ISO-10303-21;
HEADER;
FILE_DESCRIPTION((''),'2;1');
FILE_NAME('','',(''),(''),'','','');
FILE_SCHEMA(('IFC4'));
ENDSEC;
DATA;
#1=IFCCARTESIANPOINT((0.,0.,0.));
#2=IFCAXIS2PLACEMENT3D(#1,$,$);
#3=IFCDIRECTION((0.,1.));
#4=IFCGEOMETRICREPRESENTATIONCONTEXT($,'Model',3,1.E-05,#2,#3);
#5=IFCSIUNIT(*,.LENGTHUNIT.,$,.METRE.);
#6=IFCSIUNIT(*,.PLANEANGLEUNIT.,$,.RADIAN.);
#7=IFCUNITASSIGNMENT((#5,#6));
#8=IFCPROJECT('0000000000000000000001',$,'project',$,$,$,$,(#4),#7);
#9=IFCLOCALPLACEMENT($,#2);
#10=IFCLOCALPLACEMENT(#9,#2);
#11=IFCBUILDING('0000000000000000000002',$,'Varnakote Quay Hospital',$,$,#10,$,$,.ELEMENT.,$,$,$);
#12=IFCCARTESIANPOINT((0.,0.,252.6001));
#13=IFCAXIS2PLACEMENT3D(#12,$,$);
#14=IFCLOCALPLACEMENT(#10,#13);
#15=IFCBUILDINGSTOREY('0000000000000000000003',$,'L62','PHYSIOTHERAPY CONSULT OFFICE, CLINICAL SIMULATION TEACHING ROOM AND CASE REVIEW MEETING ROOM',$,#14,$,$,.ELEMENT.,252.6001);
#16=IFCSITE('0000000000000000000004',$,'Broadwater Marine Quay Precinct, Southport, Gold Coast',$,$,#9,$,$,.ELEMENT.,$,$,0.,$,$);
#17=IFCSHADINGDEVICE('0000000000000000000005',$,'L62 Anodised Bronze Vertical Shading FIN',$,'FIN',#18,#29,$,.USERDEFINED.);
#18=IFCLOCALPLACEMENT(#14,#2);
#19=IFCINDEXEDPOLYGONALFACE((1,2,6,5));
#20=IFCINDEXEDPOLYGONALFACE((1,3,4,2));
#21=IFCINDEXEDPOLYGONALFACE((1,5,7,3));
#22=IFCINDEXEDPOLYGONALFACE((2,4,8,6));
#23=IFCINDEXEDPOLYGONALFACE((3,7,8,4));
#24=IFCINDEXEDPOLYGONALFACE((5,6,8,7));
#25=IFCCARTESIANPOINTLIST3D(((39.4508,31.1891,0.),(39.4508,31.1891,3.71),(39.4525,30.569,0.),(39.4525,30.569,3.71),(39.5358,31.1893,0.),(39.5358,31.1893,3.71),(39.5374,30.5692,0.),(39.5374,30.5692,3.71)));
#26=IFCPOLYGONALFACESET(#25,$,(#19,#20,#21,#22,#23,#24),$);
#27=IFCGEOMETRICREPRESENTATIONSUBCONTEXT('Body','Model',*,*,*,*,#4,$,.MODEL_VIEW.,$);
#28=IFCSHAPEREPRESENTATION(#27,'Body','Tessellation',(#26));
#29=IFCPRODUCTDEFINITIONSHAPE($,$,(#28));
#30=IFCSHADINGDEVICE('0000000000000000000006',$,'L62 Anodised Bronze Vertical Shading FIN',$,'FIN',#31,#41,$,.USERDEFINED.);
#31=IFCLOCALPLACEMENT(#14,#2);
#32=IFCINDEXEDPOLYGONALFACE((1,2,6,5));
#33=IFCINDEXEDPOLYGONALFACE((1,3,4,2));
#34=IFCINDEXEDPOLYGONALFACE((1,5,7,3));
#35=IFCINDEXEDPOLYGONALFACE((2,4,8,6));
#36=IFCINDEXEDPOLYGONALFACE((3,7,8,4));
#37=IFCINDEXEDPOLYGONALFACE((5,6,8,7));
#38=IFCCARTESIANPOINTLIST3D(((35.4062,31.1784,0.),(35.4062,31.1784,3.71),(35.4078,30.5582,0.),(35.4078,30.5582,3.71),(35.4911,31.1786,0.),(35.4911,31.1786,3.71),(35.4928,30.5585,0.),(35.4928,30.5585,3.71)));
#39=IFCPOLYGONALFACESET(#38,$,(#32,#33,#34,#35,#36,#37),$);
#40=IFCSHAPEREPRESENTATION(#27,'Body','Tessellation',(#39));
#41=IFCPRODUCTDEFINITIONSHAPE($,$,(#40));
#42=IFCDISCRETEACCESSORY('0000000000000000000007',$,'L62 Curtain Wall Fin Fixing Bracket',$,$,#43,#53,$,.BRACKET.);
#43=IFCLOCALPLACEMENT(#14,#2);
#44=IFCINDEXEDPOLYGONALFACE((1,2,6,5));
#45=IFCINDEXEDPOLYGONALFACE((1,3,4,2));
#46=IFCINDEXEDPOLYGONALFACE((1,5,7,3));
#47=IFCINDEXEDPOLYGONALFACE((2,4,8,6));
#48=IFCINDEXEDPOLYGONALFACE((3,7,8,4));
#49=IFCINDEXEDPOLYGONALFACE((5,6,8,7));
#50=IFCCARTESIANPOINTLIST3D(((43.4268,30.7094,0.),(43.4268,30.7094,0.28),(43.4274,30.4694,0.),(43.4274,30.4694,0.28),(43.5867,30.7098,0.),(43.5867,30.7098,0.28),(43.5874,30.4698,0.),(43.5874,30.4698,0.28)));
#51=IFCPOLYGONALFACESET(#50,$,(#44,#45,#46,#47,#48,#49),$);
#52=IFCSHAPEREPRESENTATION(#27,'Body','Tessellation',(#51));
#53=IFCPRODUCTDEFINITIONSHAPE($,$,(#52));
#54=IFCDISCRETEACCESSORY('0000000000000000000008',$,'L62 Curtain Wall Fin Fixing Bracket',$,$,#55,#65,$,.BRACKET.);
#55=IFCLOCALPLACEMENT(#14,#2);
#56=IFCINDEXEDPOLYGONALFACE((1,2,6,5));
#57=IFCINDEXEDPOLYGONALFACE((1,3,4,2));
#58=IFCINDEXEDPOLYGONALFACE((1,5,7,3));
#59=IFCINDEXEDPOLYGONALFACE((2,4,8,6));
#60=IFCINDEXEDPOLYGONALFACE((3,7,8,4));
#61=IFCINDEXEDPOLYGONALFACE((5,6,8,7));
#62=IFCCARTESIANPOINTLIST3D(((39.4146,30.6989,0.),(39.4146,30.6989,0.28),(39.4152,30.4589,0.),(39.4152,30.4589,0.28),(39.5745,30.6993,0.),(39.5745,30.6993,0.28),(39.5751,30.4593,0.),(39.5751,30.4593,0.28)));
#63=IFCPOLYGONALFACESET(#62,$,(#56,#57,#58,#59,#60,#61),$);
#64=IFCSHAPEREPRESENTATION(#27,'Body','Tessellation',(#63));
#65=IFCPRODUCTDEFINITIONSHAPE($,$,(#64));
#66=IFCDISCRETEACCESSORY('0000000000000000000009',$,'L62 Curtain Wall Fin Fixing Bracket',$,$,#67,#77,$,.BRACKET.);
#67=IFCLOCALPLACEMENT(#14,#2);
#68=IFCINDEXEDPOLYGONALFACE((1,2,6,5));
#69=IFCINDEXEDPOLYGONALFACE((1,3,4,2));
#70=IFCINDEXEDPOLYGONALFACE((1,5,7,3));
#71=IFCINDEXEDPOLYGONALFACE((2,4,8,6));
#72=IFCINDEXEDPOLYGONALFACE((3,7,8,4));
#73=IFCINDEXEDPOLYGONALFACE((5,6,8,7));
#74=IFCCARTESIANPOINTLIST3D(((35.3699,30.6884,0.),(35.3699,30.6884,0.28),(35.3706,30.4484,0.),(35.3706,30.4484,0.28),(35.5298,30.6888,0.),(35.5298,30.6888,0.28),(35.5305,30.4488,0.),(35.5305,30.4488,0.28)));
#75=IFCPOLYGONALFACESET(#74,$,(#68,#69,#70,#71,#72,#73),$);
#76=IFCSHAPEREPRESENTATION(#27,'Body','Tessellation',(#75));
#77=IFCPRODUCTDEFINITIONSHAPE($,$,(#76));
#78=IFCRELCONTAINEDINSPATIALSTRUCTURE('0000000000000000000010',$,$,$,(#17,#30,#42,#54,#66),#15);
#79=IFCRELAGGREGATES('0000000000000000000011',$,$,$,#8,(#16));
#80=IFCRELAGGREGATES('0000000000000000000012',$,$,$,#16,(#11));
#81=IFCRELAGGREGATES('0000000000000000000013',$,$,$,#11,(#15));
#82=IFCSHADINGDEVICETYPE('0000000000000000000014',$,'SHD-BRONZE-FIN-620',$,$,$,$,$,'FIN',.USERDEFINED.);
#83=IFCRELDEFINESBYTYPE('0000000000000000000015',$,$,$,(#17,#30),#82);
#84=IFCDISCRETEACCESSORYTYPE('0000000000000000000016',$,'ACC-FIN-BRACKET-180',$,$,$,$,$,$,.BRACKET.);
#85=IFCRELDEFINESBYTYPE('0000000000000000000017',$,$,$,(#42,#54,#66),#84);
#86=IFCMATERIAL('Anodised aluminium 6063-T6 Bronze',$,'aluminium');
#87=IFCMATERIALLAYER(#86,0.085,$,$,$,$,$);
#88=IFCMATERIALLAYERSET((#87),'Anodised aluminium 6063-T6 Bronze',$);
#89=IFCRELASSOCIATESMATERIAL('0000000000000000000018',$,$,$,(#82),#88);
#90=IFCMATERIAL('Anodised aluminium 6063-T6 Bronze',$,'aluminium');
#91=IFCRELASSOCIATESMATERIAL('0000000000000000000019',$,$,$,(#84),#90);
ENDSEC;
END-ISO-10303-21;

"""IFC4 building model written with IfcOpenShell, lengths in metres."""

from ifc_helpers import new_model, si_unit, direction, frame, origin, origin_2d, place, context, subcontext, project, spatial, rectangle, extrude, material, layer, layer_set, type_object, element, save


model = new_model("IFC4")

# Units and contexts
model_context = context("Model", 3, precision=1e-05, world=origin(), true_north=direction((0.0, 1.0)))
body_context = subcontext(model_context, "Body", "Model", "MODEL_VIEW")
ifc_project = project(units=[si_unit("LENGTHUNIT", "METRE"), si_unit("PLANEANGLEUNIT", "RADIAN")], contexts=[model_context])

# Site, building, storey
site_placement = place(None, origin())
site = spatial("IfcSite", under=ifc_project, at=site_placement, Name="Broadwater Marine Quay Precinct, Southport, Gold Coast", CompositionType="ELEMENT", RefElevation=0.0)
building_placement = place(site_placement, origin())
building = spatial("IfcBuilding", under=site, at=building_placement, Name="Varnakote Quay Hospital", CompositionType="ELEMENT")
storey_placement = place(building_placement, frame((0.0, 0.0, 252.6001)))
storey = spatial("IfcBuildingStorey", under=building, at=storey_placement, Name="L62", Description="PHYSIOTHERAPY CONSULT OFFICE, CLINICAL SIMULATION TEACHING ROOM AND CASE REVIEW MEETING ROOM", CompositionType="ELEMENT", Elevation=252.6001)

# Shading devices
ifc_material_1 = material(Name="Anodised aluminium 6063-T6 Bronze", Category="aluminium")
ifc_layer_1 = layer(ifc_material_1, 0.085)
ifc_layer_set_1 = layer_set([ifc_layer_1], Name="Anodised aluminium 6063-T6 Bronze")
shading_device_type = type_object("IfcShadingDeviceType", Name="SHD-BRONZE-FIN-620", ElementType="FIN", PredefinedType="USERDEFINED", material=ifc_layer_set_1)
for number, where, z_axis, x_axis, name in (
    (1, (39.4941, 30.8792, 0.0), (0.0, 0.0, 1.0), (0.002618, -0.999997, 0.0), "L62 Anodised Bronze Vertical Shading FIN"),
    (2, (35.4495, 30.8684, 0.0), (0.0, 0.0, 1.0), (0.002618, -0.999997, 0.0), "L62 Anodised Bronze Vertical Shading FIN"),
):
    element("IfcShadingDevice", number, at=place(storey_placement, frame(where, z_axis=z_axis, x_axis=x_axis)), inside=storey, type_object=shading_device_type, Name=name, ObjectType="FIN", PredefinedType="USERDEFINED", context=body_context, shape_type="SweptSolid", body=[
        extrude(rectangle(XDim=0.6201, YDim=0.085, at=origin_2d()), origin(), (0.0, 0.0, 1.0), 3.71),
    ])

# Discrete accessories
ifc_material_2 = material(Name="Anodised aluminium 6063-T6 Bronze", Category="aluminium")
discrete_accessory_type = type_object("IfcDiscreteAccessoryType", Name="ACC-FIN-BRACKET-180", PredefinedType="BRACKET", material=ifc_material_2)
for number, where, z_axis, x_axis, name in (
    (3, (43.5071, 30.5896, 0.0), (0.0, 0.0, 1.0), (-0.999997, -0.002618, 0.0), "L62 Curtain Wall Fin Fixing Bracket"),
    (4, (39.4949, 30.5791, 0.0), (0.0, 0.0, 1.0), (-0.999997, -0.002618, 0.0), "L62 Curtain Wall Fin Fixing Bracket"),
    (5, (35.4502, 30.5686, 0.0), (0.0, 0.0, 1.0), (-0.999997, -0.002618, 0.0), "L62 Curtain Wall Fin Fixing Bracket"),
):
    element("IfcDiscreteAccessory", number, at=place(storey_placement, frame(where, z_axis=z_axis, x_axis=x_axis)), inside=storey, type_object=discrete_accessory_type, Name=name, PredefinedType="BRACKET", context=body_context, shape_type="SweptSolid", body=[
        extrude(rectangle(XDim=0.1599, YDim=0.24, at=origin_2d()), origin(), (0.0, 0.0, 1.0), 0.28),
    ])

save(model, "model.ifc")
